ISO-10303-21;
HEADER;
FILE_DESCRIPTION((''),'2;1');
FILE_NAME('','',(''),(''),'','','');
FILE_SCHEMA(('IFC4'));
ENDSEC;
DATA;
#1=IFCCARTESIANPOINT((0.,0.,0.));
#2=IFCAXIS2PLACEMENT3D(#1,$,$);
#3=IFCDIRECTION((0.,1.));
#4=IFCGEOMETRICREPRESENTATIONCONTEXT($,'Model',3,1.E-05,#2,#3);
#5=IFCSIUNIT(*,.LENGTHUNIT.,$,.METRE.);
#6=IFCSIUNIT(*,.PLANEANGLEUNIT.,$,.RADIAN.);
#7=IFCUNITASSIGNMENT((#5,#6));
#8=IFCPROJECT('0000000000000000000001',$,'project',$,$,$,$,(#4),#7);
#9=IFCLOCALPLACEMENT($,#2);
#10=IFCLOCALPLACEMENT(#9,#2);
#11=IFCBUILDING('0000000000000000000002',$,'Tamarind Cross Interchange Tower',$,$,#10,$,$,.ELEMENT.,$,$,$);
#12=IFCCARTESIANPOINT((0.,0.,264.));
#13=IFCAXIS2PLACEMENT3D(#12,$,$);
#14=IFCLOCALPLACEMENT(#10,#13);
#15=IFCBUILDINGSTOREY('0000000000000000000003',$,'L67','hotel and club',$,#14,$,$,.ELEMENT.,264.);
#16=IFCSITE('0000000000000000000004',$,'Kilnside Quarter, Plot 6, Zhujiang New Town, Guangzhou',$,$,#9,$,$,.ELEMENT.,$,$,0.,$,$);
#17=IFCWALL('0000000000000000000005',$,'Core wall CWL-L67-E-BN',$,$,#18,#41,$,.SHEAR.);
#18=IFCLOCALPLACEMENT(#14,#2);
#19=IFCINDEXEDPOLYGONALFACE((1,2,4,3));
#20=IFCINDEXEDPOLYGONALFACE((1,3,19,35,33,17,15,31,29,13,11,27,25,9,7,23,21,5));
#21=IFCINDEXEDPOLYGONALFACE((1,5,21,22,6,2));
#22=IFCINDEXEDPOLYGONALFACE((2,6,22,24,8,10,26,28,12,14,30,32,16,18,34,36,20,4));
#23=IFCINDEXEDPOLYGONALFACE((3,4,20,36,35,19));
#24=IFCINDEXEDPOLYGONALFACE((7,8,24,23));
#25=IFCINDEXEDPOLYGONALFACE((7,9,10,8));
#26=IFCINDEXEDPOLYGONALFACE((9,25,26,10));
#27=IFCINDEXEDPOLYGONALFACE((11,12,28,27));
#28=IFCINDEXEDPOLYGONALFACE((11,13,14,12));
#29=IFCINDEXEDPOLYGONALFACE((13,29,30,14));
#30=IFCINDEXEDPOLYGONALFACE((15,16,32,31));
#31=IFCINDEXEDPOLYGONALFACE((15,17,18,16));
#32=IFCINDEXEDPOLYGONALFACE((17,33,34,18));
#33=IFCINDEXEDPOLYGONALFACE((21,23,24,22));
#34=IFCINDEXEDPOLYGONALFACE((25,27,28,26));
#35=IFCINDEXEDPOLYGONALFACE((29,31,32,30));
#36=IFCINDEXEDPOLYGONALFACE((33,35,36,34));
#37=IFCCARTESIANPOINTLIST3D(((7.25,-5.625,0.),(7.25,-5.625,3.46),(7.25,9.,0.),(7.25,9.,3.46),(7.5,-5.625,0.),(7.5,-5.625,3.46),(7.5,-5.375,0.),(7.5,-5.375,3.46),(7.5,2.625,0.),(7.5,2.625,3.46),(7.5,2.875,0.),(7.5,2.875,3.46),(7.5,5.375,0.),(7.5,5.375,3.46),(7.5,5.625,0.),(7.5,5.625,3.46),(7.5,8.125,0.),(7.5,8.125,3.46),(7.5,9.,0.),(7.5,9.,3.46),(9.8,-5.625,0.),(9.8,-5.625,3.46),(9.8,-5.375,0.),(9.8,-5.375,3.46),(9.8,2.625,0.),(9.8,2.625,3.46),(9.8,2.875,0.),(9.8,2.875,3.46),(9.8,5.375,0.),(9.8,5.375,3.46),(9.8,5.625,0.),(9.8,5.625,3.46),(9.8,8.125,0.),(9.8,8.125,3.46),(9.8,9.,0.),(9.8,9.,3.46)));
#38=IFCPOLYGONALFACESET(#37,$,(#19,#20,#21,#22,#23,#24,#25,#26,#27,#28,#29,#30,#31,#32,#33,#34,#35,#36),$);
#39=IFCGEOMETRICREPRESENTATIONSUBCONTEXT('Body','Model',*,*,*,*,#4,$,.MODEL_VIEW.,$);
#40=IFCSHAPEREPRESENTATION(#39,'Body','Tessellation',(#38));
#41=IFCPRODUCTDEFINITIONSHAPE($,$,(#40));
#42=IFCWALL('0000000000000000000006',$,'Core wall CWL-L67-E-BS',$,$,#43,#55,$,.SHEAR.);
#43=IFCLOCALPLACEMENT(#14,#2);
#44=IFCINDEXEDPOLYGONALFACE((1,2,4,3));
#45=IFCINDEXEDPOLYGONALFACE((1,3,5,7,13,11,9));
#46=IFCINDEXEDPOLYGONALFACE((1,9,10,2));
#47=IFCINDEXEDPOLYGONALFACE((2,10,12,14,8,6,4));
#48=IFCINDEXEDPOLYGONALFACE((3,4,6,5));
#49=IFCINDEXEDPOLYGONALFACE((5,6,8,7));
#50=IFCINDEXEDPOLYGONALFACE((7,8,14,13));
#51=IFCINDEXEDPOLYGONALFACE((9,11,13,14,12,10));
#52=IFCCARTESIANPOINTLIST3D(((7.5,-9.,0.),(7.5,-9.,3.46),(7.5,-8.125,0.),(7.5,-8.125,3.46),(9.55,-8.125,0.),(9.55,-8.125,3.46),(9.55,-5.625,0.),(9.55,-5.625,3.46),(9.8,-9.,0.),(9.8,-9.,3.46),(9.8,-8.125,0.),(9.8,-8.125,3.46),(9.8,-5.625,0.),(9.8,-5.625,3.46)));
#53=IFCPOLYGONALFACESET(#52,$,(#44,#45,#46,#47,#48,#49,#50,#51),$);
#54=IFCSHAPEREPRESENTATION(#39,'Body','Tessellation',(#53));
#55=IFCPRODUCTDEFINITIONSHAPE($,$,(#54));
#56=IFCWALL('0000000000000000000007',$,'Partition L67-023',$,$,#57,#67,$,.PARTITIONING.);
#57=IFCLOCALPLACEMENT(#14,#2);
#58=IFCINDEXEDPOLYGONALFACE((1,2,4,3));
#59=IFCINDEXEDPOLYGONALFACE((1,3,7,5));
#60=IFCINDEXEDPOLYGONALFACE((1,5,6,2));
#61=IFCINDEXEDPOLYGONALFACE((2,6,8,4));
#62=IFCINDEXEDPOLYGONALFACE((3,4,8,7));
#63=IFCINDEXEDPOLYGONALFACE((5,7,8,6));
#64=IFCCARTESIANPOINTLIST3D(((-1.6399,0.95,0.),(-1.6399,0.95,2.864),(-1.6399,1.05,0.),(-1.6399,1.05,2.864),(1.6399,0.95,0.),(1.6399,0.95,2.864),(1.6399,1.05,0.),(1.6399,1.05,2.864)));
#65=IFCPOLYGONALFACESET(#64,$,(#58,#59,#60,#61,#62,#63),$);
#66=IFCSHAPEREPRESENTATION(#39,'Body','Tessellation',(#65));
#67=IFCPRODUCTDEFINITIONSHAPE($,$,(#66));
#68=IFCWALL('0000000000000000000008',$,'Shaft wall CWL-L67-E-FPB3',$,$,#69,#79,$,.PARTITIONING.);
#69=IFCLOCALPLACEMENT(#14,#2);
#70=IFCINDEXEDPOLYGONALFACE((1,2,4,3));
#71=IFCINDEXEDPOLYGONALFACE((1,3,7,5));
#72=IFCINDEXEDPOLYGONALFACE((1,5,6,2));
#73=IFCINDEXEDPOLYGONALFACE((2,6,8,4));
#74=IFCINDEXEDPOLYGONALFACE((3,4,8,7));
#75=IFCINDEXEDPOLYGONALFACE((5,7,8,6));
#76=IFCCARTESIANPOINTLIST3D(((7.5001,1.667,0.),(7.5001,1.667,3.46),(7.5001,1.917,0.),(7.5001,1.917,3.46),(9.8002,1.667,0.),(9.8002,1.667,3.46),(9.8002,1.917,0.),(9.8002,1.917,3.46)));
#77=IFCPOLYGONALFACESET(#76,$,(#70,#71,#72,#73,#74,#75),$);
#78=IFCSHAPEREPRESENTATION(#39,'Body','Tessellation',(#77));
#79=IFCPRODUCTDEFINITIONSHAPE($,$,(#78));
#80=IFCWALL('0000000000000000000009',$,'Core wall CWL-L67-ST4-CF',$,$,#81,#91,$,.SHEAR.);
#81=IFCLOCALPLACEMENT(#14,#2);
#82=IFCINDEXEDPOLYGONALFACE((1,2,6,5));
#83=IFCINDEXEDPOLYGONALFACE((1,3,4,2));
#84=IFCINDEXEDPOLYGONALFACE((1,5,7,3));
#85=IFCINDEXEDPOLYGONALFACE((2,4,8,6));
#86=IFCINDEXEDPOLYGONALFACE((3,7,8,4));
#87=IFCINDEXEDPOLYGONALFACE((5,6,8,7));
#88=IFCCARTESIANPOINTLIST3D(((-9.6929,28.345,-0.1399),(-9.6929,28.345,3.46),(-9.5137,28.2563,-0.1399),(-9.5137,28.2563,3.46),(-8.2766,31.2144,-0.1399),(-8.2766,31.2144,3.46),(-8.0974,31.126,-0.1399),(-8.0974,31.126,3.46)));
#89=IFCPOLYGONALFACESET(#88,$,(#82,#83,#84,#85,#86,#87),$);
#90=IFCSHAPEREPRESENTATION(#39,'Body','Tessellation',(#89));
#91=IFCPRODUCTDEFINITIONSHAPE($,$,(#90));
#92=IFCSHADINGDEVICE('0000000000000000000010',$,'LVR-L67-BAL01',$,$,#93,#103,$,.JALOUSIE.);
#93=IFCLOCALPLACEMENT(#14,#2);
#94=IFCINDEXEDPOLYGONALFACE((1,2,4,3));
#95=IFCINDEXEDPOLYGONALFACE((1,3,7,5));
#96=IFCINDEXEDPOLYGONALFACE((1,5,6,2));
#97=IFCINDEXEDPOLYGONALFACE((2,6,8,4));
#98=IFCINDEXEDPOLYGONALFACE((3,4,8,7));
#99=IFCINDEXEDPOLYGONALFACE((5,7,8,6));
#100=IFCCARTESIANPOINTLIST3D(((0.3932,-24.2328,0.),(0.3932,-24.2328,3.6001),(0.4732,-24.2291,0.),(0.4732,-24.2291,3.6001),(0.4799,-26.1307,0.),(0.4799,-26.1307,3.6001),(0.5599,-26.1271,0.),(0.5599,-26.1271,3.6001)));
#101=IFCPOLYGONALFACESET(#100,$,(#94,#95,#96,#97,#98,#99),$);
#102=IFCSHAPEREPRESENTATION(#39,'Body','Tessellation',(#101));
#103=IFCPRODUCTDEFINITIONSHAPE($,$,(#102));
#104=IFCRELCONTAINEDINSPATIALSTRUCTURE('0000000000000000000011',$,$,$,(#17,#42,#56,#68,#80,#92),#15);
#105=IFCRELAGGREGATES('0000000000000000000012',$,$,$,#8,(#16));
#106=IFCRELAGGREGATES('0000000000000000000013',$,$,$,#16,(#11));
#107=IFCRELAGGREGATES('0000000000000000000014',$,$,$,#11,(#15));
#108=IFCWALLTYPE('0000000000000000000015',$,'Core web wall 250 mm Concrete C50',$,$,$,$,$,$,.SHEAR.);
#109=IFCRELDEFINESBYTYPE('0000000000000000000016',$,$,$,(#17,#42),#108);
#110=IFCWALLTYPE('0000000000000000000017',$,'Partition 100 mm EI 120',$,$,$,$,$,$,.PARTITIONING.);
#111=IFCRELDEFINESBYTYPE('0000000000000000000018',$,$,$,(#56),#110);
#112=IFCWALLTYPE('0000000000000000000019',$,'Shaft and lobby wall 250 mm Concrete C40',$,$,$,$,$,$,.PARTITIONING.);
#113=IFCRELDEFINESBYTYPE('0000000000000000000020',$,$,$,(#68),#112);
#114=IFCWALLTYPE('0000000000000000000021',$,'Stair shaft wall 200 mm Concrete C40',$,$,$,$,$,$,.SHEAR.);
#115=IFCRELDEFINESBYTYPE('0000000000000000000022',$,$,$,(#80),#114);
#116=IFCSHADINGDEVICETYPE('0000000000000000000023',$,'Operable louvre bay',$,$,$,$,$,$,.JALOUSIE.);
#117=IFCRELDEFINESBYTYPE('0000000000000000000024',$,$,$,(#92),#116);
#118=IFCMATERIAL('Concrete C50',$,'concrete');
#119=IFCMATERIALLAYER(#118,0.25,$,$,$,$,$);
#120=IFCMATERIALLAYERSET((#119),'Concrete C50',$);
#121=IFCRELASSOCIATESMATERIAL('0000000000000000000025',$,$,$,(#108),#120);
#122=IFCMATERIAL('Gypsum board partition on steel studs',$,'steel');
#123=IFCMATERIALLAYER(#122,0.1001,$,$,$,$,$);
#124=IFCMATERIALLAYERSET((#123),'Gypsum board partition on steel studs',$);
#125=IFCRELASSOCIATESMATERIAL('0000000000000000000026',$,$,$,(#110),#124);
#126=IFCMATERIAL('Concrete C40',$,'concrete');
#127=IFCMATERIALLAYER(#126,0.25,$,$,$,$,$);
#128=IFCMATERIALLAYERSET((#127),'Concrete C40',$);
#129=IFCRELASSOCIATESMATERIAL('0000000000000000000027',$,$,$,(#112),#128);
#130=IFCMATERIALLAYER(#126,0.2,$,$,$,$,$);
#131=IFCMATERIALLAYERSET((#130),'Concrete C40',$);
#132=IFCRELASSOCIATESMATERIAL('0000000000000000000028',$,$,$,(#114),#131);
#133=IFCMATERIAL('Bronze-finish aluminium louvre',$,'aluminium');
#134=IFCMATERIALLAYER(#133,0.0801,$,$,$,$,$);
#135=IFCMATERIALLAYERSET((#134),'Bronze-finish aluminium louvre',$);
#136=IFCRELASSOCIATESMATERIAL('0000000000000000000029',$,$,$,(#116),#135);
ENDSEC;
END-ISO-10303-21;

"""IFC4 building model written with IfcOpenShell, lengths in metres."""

from ifc_helpers import new_model, si_unit, direction, frame, frame_2d, origin, origin_2d, place, context, subcontext, project, spatial, polyline, rectangle, outline, extrude, material, layer, layer_set, type_object, element, save


model = new_model("IFC4")

# Units and contexts
model_context = context("Model", 3, precision=1e-05, world=origin(), true_north=direction((0.0, 1.0)))
body_context = subcontext(model_context, "Body", "Model", "MODEL_VIEW")
ifc_project = project(units=[si_unit("LENGTHUNIT", "METRE"), si_unit("PLANEANGLEUNIT", "RADIAN")], contexts=[model_context])

# Site, building, storey
site_placement = place(None, origin())
site = spatial("IfcSite", under=ifc_project, at=site_placement, Name="Kilnside Quarter, Plot 6, Zhujiang New Town, Guangzhou", CompositionType="ELEMENT", RefElevation=0.0)
building_placement = place(site_placement, origin())
building = spatial("IfcBuilding", under=site, at=building_placement, Name="Tamarind Cross Interchange Tower", CompositionType="ELEMENT")
storey_placement = place(building_placement, frame((0.0, 0.0, 264.0)))
storey = spatial("IfcBuildingStorey", under=building, at=storey_placement, Name="L67", Description="hotel and club", CompositionType="ELEMENT", Elevation=264.0)

# Shared definitions
ifc_material_1 = material(Name="Concrete C40", Category="concrete")

# Walls
ifc_material_2 = material(Name="Concrete C50", Category="concrete")
ifc_layer_1 = layer(ifc_material_2, 0.25)
ifc_layer_set_1 = layer_set([ifc_layer_1], Name="Concrete C50")
wall_type_1 = type_object("IfcWallType", Name="Core web wall 250 mm Concrete C50", PredefinedType="SHEAR", material=ifc_layer_set_1)
wall_1_placement = place(storey_placement, origin())
element("IfcWall", 1, at=wall_1_placement, inside=storey, type_object=wall_type_1, Name="Core wall CWL-L67-E-BN", PredefinedType="SHEAR", context=body_context, shape_type="SweptSolid", body=[
    extrude(outline(polyline([(9.8, -5.375), (7.5, -5.375), (7.5, 2.625), (9.8, 2.625), (9.8, 2.875), (7.5, 2.875), (7.5, 5.375), (9.8, 5.375), (9.8, 5.625), (7.5, 5.625), (7.5, 8.125), (9.8, 8.125), (9.8, 9.0), (7.5, 9.0), (7.25, 9.0), (7.25, -5.625), (7.5, -5.625), (9.8, -5.625), (9.8, -5.375)])), origin(), (0.0, 0.0, 1.0), 3.46),
])
wall_2_placement = place(storey_placement, origin())
element("IfcWall", 2, at=wall_2_placement, inside=storey, type_object=wall_type_1, Name="Core wall CWL-L67-E-BS", PredefinedType="SHEAR", context=body_context, shape_type="SweptSolid", body=[
    extrude(outline(polyline([(7.5, -8.125), (7.5, -9.0), (9.8, -9.0), (9.8, -8.125), (9.8, -5.625), (9.55, -5.625), (9.55, -8.125), (7.5, -8.125)])), origin(), (0.0, 0.0, 1.0), 3.46),
])
ifc_material_3 = material(Name="Gypsum board partition on steel studs", Category="steel")
ifc_layer_2 = layer(ifc_material_3, 0.1001)
ifc_layer_set_2 = layer_set([ifc_layer_2], Name="Gypsum board partition on steel studs")
wall_type_2 = type_object("IfcWallType", Name="Partition 100 mm EI 120", PredefinedType="PARTITIONING", material=ifc_layer_set_2)
wall_3_placement = place(storey_placement, frame((-1.6399, 1.0, 0.0), z_axis=(0.0, 0.0, 1.0), x_axis=(1.0, 0.0, 0.0)))
element("IfcWall", 3, at=wall_3_placement, inside=storey, type_object=wall_type_2, Name="Partition L67-023", PredefinedType="PARTITIONING", context=body_context, shape_type="SweptSolid", body=[
    extrude(rectangle(XDim=3.2798, YDim=0.1001, at=frame_2d((1.6399, 0.0))), origin(), (0.0, 0.0, 1.0), 2.864),
])
ifc_layer_3 = layer(ifc_material_1, 0.25)
ifc_layer_set_3 = layer_set([ifc_layer_3], Name="Concrete C40")
wall_type_3 = type_object("IfcWallType", Name="Shaft and lobby wall 250 mm Concrete C40", PredefinedType="PARTITIONING", material=ifc_layer_set_3)
wall_4_placement = place(storey_placement, frame((9.8, 1.792, 0.0), z_axis=(0.0, 0.0, 1.0), x_axis=(-1.0, 0.0, 0.0)))
element("IfcWall", 4, at=wall_4_placement, inside=storey, type_object=wall_type_3, Name="Shaft wall CWL-L67-E-FPB3", PredefinedType="PARTITIONING", context=body_context, shape_type="SweptSolid", body=[
    extrude(rectangle(XDim=2.3, YDim=0.25, at=frame_2d((1.1499, 0.0))), origin(), (0.0, 0.0, 1.0), 3.46),
])
ifc_layer_4 = layer(ifc_material_1, 0.2)
ifc_layer_set_4 = layer_set([ifc_layer_4], Name="Concrete C40")
wall_type_4 = type_object("IfcWallType", Name="Stair shaft wall 200 mm Concrete C40", PredefinedType="SHEAR", material=ifc_layer_set_4)
wall_5_placement = place(storey_placement, frame((0.0, 0.0, -0.1399)))
element("IfcWall", 5, at=wall_5_placement, inside=storey, type_object=wall_type_4, Name="Core wall CWL-L67-ST4-CF", PredefinedType="SHEAR", context=body_context, shape_type="SweptSolid", body=[
    extrude(outline(polyline([(-8.0974, 31.126), (-8.2766, 31.2144), (-9.6929, 28.345), (-9.5137, 28.2563), (-8.0974, 31.126)])), origin(), (0.0, 0.0, 1.0), 3.5999),
])

# Shading device
ifc_material_4 = material(Name="Bronze-finish aluminium louvre", Category="aluminium")
ifc_layer_5 = layer(ifc_material_4, 0.0801)
ifc_layer_set_5 = layer_set([ifc_layer_5], Name="Bronze-finish aluminium louvre")
shading_device_type = type_object("IfcShadingDeviceType", Name="Operable louvre bay", PredefinedType="JALOUSIE", material=ifc_layer_set_5)
shading_device_placement = place(storey_placement, origin())
element("IfcShadingDevice", 6, at=shading_device_placement, inside=storey, type_object=shading_device_type, Name="LVR-L67-BAL01", PredefinedType="JALOUSIE", context=body_context, shape_type="SweptSolid", body=[
    extrude(rectangle(XDim=1.8999, YDim=0.0801, at=origin_2d()), frame((0.4766, -25.1799, 0.0), z_axis=(0.0, 0.0, 1.0), x_axis=(0.045624, -0.998959, 0.0)), (0.0, 0.0, 1.0), 3.6001),
])

save(model, "model.ifc")
